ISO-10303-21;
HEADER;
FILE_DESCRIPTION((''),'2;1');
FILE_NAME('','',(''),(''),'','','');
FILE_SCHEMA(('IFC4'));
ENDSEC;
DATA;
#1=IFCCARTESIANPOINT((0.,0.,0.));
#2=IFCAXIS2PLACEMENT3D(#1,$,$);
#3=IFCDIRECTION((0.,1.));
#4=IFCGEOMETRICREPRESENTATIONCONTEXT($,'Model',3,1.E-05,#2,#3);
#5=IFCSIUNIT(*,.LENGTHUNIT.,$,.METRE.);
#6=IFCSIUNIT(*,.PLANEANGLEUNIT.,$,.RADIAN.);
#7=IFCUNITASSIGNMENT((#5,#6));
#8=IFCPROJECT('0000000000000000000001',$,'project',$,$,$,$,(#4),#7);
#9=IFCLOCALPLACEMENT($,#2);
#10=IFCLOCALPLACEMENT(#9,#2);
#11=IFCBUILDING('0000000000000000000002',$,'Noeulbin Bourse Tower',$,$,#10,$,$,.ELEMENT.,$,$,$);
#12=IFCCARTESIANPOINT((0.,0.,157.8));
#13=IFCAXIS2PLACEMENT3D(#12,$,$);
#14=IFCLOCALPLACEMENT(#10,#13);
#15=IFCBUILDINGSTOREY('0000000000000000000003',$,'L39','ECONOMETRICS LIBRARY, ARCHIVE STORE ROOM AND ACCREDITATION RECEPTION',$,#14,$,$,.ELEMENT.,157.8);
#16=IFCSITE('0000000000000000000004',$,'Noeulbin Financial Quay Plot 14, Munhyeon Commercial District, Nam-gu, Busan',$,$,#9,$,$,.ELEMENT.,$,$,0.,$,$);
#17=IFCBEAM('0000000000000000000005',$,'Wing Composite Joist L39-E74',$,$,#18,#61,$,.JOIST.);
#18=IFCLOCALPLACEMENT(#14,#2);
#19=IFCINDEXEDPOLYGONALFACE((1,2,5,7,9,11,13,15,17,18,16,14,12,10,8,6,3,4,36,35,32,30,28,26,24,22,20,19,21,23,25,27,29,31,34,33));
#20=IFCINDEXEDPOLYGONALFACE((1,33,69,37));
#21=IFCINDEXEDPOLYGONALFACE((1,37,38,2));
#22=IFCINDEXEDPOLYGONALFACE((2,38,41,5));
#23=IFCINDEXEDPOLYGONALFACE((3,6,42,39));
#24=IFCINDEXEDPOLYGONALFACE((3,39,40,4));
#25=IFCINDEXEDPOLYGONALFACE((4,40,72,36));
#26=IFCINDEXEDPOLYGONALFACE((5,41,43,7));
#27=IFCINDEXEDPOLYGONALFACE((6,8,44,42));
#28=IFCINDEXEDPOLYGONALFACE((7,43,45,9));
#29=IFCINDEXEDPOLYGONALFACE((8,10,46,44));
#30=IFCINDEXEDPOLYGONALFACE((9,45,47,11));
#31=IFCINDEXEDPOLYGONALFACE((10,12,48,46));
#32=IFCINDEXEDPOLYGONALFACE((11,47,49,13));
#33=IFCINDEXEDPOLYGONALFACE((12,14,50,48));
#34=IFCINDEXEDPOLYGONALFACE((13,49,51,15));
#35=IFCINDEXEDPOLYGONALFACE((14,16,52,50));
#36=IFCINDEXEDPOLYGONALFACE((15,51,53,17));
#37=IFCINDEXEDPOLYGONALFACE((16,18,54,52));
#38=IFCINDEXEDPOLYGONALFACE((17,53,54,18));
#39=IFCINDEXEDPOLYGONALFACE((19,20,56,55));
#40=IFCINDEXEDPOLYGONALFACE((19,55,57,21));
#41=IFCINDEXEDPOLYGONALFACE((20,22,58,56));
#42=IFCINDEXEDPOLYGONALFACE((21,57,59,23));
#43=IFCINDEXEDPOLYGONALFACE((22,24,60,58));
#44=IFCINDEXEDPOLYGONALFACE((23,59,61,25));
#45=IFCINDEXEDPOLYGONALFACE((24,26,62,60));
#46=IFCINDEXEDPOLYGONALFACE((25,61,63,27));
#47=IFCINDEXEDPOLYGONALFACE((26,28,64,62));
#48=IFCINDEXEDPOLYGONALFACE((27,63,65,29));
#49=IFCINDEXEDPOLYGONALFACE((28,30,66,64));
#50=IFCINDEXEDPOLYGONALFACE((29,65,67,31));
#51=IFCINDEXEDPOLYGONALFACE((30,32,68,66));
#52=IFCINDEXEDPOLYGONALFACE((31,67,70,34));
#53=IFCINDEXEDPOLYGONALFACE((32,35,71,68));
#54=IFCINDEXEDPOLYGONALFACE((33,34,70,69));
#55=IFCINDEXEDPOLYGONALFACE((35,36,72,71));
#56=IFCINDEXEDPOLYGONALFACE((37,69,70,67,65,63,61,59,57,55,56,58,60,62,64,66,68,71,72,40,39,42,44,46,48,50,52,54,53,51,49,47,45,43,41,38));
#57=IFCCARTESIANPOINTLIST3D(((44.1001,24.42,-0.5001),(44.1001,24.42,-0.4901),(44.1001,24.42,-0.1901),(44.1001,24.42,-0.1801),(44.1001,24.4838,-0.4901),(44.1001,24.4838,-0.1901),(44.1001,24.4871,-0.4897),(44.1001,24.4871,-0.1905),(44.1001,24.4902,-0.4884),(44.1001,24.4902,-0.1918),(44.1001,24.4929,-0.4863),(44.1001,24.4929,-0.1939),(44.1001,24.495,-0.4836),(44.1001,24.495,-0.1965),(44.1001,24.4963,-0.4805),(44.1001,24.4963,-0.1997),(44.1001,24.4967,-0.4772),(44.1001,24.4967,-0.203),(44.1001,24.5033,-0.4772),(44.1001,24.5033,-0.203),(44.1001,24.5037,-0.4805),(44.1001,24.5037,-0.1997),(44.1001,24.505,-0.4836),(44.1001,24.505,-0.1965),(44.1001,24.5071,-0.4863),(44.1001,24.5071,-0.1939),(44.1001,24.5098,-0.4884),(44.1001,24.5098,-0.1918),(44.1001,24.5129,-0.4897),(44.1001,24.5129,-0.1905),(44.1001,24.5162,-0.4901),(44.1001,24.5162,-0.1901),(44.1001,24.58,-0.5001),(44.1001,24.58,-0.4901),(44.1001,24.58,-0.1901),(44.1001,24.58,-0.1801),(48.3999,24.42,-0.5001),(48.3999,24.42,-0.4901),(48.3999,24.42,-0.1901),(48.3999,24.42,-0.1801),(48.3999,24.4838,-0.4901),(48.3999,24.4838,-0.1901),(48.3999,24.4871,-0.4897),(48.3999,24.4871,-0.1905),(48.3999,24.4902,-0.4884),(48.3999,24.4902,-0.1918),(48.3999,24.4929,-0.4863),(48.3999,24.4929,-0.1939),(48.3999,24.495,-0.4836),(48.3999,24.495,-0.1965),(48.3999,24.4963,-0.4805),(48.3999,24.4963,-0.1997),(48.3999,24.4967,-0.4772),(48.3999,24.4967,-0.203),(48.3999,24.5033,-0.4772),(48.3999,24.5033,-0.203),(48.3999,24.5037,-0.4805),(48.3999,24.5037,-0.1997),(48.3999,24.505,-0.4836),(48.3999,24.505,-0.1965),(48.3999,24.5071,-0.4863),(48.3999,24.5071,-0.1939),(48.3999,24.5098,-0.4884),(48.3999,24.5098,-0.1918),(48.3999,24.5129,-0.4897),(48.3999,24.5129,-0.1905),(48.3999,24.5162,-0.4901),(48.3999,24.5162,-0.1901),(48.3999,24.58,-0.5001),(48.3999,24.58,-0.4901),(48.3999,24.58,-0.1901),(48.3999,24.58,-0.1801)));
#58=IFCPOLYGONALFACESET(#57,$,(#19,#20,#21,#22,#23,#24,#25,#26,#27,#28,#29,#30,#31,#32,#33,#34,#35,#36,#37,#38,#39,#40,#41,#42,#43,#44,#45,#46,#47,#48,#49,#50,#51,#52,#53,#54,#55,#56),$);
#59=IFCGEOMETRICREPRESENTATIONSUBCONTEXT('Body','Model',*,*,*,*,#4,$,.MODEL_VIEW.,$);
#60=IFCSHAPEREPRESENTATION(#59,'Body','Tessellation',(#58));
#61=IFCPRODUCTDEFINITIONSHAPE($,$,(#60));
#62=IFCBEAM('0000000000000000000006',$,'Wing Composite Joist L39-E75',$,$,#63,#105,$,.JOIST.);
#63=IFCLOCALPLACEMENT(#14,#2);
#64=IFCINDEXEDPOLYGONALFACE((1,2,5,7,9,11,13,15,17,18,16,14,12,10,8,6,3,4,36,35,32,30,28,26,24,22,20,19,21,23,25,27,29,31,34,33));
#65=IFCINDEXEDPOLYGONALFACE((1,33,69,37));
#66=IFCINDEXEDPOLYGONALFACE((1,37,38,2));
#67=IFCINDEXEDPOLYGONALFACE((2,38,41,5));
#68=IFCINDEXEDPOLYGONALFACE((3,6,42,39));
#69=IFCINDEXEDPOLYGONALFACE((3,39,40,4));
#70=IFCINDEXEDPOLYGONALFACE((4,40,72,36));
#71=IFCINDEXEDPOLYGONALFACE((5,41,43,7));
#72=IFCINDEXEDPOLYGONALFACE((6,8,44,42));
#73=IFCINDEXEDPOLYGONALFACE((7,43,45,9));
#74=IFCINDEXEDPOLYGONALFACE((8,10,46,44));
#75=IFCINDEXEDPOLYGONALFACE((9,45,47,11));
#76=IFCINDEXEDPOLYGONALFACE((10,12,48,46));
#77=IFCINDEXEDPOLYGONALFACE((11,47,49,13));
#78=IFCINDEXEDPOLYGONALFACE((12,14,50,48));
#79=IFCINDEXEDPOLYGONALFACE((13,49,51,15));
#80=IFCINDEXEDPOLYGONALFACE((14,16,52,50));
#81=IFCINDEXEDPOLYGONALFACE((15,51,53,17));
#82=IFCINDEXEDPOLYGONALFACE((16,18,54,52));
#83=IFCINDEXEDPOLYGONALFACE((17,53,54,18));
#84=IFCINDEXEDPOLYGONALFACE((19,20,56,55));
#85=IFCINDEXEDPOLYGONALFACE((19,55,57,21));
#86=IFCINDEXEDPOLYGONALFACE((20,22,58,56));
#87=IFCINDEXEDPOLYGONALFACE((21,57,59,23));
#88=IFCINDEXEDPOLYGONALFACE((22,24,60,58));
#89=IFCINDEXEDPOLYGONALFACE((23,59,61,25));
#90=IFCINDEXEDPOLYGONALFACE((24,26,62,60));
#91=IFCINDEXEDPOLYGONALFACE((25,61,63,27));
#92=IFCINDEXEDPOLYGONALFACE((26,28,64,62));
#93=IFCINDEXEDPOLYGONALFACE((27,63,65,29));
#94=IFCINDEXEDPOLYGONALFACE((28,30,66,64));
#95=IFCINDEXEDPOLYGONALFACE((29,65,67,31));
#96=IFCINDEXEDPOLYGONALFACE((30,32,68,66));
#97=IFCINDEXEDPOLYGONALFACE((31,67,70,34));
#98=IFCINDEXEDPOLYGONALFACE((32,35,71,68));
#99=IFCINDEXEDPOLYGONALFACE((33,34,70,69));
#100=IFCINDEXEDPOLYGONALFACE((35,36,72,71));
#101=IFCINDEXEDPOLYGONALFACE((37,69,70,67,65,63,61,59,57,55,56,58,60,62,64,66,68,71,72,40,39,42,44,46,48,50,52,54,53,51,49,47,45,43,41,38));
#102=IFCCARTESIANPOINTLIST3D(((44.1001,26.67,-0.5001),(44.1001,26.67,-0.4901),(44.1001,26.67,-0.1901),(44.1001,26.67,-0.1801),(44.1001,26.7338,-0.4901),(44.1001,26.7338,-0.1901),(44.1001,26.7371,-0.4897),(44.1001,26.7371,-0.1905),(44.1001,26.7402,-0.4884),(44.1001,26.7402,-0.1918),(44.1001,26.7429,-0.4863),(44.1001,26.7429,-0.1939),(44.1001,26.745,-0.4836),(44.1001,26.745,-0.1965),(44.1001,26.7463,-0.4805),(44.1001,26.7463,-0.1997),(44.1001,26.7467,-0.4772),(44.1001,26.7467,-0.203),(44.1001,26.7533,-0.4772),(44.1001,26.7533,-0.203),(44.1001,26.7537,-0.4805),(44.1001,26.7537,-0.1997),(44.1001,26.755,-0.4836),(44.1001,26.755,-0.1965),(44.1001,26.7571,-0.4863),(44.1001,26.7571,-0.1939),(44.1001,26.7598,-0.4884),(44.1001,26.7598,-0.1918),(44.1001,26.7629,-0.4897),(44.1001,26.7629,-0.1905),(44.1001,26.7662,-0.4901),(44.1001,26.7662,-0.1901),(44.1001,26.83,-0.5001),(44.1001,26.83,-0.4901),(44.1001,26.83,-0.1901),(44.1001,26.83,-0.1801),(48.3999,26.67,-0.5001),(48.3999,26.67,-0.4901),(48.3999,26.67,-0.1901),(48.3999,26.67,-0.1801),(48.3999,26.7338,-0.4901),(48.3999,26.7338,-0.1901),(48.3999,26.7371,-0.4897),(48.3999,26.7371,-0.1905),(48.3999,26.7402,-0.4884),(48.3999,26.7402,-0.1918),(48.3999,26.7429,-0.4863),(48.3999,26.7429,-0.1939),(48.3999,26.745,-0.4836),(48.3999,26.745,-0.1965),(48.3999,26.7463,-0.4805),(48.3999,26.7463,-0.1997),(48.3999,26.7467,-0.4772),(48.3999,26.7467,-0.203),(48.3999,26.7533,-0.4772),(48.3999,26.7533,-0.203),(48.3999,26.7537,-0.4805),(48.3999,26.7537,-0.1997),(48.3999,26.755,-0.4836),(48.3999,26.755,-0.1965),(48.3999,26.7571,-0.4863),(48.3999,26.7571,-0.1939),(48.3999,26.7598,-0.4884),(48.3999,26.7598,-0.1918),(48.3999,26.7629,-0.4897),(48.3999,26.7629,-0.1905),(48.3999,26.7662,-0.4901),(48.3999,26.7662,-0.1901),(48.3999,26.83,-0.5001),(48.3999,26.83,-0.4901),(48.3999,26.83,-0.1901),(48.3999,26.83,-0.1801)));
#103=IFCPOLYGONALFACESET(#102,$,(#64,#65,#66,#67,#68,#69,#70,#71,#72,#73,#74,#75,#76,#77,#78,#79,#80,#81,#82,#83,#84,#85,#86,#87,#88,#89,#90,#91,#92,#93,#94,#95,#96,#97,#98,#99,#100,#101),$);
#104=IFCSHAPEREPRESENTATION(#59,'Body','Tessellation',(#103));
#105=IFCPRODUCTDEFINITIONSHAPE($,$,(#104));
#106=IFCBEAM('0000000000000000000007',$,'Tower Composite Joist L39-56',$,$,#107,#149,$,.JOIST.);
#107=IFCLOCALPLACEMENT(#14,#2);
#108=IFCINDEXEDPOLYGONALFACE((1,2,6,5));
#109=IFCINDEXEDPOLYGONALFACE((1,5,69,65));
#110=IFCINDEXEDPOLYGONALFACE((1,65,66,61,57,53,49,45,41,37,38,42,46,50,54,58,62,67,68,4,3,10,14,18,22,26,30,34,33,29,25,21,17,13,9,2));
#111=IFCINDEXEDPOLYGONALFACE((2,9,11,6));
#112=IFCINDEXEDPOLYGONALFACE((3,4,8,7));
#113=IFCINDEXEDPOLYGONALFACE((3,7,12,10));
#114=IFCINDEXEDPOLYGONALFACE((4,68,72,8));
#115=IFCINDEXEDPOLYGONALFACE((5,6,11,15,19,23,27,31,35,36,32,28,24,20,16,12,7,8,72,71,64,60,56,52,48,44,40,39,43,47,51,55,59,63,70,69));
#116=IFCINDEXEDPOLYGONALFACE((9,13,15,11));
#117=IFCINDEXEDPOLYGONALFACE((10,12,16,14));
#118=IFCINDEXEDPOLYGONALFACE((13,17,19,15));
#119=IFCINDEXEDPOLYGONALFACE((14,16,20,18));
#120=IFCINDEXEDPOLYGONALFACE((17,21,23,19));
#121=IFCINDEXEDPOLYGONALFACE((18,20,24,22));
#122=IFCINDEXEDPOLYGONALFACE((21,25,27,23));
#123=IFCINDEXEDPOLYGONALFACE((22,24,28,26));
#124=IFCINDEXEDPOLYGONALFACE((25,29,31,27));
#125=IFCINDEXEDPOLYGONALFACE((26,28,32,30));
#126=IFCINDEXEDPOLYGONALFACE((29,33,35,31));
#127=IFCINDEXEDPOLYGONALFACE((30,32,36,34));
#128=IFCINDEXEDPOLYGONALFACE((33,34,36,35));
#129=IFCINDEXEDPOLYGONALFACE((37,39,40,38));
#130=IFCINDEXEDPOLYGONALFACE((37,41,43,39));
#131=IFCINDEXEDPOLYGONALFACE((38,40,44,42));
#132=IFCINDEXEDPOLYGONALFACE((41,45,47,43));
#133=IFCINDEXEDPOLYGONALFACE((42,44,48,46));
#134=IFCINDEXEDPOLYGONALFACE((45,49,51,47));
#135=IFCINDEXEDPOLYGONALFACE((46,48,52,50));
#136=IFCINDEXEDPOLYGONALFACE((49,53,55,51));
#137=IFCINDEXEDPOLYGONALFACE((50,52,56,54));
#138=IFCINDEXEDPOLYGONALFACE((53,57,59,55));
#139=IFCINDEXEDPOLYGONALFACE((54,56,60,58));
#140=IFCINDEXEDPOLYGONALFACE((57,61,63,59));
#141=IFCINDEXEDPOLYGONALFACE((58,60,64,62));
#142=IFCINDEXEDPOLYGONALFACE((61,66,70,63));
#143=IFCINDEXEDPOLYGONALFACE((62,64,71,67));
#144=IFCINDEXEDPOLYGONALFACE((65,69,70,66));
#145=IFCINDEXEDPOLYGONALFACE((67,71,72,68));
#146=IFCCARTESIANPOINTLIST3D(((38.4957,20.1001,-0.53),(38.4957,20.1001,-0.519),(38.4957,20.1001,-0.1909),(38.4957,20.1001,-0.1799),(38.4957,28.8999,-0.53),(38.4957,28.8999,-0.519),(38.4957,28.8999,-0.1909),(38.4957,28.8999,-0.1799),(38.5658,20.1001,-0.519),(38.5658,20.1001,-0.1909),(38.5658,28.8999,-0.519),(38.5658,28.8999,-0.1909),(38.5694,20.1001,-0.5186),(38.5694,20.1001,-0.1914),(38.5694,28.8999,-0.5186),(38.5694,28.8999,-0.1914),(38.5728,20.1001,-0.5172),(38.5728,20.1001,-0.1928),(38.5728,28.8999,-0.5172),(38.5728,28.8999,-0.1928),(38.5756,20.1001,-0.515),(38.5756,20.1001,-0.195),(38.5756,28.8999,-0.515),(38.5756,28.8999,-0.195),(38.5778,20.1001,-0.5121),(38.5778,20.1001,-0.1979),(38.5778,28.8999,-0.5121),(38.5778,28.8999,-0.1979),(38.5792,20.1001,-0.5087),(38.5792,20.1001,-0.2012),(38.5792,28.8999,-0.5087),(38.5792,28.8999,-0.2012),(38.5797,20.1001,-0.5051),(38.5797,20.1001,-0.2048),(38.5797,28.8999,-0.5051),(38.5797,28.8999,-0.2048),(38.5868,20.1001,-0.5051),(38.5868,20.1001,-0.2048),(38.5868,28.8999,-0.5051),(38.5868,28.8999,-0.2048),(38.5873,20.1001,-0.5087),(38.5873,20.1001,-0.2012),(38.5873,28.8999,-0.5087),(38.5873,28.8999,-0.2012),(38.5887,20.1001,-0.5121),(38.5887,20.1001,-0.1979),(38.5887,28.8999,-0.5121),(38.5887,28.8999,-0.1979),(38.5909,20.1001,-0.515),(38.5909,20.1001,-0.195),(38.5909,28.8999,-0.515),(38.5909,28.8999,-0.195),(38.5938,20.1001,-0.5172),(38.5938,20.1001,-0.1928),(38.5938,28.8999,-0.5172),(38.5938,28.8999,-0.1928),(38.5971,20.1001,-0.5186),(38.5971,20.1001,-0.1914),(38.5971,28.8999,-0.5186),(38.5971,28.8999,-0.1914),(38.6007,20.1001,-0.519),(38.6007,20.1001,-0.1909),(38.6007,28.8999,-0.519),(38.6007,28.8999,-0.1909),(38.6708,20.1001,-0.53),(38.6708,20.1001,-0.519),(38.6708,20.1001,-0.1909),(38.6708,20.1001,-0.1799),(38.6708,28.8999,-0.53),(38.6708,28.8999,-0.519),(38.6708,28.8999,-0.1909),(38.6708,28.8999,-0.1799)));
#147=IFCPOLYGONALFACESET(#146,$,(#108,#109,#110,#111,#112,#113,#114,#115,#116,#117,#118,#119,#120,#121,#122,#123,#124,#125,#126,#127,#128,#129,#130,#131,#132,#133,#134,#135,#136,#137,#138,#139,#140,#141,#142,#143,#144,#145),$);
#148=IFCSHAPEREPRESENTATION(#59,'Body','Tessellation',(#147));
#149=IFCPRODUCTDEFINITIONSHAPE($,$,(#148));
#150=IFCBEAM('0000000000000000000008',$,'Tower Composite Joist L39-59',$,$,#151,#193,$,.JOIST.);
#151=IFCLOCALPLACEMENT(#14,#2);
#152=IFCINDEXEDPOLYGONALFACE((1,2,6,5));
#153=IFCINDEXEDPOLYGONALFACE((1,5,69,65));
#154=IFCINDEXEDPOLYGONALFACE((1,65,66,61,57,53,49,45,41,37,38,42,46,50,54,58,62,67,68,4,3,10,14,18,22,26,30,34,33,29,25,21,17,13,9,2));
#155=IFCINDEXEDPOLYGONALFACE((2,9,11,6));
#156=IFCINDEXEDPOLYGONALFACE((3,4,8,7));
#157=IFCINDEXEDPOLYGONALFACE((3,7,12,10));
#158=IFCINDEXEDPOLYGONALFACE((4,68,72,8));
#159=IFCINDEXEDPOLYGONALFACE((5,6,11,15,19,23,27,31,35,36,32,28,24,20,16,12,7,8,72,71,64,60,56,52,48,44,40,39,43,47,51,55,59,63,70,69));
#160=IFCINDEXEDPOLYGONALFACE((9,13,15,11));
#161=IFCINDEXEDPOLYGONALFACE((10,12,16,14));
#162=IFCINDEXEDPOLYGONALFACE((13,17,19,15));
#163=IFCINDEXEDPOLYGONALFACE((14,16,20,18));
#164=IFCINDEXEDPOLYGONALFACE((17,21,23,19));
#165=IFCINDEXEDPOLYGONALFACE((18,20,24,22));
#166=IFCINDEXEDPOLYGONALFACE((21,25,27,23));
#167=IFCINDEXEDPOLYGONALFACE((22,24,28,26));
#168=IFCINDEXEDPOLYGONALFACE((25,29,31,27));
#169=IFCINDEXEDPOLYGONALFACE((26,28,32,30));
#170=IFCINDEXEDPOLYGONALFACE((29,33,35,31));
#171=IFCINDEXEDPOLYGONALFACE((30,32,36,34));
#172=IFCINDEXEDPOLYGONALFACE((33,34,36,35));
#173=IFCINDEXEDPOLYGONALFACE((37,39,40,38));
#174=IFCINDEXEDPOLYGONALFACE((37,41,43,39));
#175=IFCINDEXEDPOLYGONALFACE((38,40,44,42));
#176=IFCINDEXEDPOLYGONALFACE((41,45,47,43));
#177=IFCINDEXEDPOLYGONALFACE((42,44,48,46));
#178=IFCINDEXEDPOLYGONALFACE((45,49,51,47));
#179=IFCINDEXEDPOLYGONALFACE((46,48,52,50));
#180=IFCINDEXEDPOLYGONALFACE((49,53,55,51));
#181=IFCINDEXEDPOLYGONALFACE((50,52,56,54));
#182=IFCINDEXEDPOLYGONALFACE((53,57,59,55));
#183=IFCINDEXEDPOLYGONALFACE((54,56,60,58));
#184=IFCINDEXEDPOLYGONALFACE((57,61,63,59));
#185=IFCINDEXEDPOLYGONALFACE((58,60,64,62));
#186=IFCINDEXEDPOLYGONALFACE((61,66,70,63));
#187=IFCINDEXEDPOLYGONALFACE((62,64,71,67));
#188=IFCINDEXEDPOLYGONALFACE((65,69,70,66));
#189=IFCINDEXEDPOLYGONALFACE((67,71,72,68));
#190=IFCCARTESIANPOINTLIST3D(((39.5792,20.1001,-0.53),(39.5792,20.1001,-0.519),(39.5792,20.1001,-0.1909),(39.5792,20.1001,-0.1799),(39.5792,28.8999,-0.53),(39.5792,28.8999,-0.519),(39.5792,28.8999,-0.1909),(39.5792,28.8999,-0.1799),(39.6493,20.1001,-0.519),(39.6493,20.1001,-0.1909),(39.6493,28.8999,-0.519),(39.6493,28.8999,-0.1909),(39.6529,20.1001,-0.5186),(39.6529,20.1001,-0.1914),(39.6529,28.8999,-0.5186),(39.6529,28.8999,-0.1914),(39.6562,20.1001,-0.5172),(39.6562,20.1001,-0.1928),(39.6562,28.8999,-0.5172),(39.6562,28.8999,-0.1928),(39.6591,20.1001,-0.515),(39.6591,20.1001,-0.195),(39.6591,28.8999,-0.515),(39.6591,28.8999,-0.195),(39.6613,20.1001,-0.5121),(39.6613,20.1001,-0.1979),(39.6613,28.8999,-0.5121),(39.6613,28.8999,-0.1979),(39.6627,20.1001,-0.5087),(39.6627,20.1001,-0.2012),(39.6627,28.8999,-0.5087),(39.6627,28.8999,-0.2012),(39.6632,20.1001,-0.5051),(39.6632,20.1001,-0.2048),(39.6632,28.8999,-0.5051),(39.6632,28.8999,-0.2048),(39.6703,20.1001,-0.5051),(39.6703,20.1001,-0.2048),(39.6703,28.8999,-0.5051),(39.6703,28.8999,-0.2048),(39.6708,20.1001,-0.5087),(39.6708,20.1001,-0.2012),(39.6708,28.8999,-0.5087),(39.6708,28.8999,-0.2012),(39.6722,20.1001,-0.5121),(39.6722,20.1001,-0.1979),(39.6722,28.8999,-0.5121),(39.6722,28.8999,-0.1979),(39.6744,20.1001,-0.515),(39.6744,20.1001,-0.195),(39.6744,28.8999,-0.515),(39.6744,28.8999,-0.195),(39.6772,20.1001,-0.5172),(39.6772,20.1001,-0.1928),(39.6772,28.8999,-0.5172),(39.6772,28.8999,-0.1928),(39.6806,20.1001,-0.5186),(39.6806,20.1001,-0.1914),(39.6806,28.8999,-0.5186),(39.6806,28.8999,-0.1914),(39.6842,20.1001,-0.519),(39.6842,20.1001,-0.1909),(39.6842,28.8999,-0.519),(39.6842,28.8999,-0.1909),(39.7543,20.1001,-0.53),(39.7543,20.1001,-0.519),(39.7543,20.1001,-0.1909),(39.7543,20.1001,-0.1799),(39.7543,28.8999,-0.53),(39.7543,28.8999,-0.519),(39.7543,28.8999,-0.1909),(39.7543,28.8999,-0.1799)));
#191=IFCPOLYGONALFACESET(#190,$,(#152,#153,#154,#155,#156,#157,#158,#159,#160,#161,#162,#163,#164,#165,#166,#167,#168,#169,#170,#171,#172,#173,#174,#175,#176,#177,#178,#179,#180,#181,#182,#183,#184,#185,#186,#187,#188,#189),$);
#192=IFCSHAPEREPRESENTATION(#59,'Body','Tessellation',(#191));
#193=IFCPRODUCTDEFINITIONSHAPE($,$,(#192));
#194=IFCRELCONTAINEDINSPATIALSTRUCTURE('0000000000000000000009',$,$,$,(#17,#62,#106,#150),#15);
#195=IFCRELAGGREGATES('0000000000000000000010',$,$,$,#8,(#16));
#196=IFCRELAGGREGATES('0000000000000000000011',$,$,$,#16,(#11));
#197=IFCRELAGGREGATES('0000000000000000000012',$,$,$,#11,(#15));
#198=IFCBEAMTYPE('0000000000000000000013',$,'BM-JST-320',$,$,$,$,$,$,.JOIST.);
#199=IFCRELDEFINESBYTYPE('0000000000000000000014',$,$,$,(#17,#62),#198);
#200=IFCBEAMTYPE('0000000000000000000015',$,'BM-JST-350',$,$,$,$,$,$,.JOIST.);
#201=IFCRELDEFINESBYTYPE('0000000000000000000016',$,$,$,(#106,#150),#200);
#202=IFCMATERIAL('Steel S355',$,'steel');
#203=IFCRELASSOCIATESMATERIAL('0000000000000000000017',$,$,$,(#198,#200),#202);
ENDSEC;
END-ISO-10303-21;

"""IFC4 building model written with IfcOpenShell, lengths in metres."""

from ifc_helpers import new_model, si_unit, direction, frame, origin, origin_2d, place, context, subcontext, project, spatial, i_section, extrude, material, material_profile, profile_set, type_object, element, save


model = new_model("IFC4")

# Units and contexts
model_context = context("Model", 3, precision=1e-05, world=origin(), true_north=direction((0.0, 1.0)))
body_context = subcontext(model_context, "Body", "Model", "MODEL_VIEW")
ifc_project = project(units=[si_unit("LENGTHUNIT", "METRE"), si_unit("PLANEANGLEUNIT", "RADIAN")], contexts=[model_context])

# Site, building, storey
site_placement = place(None, origin())
site = spatial("IfcSite", under=ifc_project, at=site_placement, Name="Noeulbin Financial Quay Plot 14, Munhyeon Commercial District, Nam-gu, Busan", CompositionType="ELEMENT", RefElevation=0.0)
building_placement = place(site_placement, origin())
building = spatial("IfcBuilding", under=site, at=building_placement, Name="Noeulbin Bourse Tower", CompositionType="ELEMENT")
storey_placement = place(building_placement, frame((0.0, 0.0, 157.8)))
storey = spatial("IfcBuildingStorey", under=building, at=storey_placement, Name="L39", Description="ECONOMETRICS LIBRARY, ARCHIVE STORE ROOM AND ACCREDITATION RECEPTION", CompositionType="ELEMENT", Elevation=157.8)

# Shared definitions
ifc_material_1 = material(Name="Steel S355", Category="steel")

# Beams
ifc_material_profile_1 = material_profile(ifc_material_1, i_section(OverallWidth=0.1599, OverallDepth=0.3201, WebThickness=0.0066, FlangeThickness=0.01, FilletRadius=0.0129, at=origin_2d()), Name="H-320x160x6.5x10", Category="LoadBearing")
ifc_profile_set_1 = profile_set([ifc_material_profile_1], Name="Steel S355")
beam_type_1 = type_object("IfcBeamType", Name="BM-JST-320", PredefinedType="JOIST", material=ifc_profile_set_1)
for number, where, z_axis, x_axis, name in (
    (1, (44.1001, 24.5, -0.3401), (1.0, 0.0, 0.0), (0.0, 1.0, 0.0), "Wing Composite Joist L39-E74"),
    (2, (44.1001, 26.75, -0.3401), (1.0, 0.0, 0.0), (0.0, 1.0, 0.0), "Wing Composite Joist L39-E75"),
):
    element("IfcBeam", number, at=place(storey_placement, frame(where, z_axis=z_axis, x_axis=x_axis)), inside=storey, type_object=beam_type_1, Name=name, PredefinedType="JOIST", context=body_context, shape_type="SweptSolid", body=[
        extrude(i_section(OverallWidth=0.1599, OverallDepth=0.3201, WebThickness=0.0066, FlangeThickness=0.01, FilletRadius=0.0129, at=origin_2d()), origin(), (0.0, 0.0, 1.0), 4.2998),
    ])
ifc_material_profile_2 = material_profile(ifc_material_1, i_section(OverallWidth=0.175, OverallDepth=0.3501, WebThickness=0.0071, FlangeThickness=0.011, FilletRadius=0.0139, at=origin_2d()), Name="H-350x175x7x11", Category="LoadBearing")
ifc_profile_set_2 = profile_set([ifc_material_profile_2], Name="Steel S355")
beam_type_2 = type_object("IfcBeamType", Name="BM-JST-350", PredefinedType="JOIST", material=ifc_profile_set_2)
for number, where, z_axis, x_axis, name in (
    (3, (38.5833, 20.1001, -0.355), (0.0, 1.0, 0.0), (-1.0, 0.0, 0.0), "Tower Composite Joist L39-56"),
    (4, (39.6667, 20.1001, -0.355), (0.0, 1.0, 0.0), (-1.0, 0.0, 0.0), "Tower Composite Joist L39-59"),
):
    element("IfcBeam", number, at=place(storey_placement, frame(where, z_axis=z_axis, x_axis=x_axis)), inside=storey, type_object=beam_type_2, Name=name, PredefinedType="JOIST", context=body_context, shape_type="SweptSolid", body=[
        extrude(i_section(OverallWidth=0.175, OverallDepth=0.3501, WebThickness=0.0071, FlangeThickness=0.011, FilletRadius=0.0139, at=origin_2d()), origin(), (0.0, 0.0, 1.0), 8.7998),
    ])

save(model, "model.ifc")
